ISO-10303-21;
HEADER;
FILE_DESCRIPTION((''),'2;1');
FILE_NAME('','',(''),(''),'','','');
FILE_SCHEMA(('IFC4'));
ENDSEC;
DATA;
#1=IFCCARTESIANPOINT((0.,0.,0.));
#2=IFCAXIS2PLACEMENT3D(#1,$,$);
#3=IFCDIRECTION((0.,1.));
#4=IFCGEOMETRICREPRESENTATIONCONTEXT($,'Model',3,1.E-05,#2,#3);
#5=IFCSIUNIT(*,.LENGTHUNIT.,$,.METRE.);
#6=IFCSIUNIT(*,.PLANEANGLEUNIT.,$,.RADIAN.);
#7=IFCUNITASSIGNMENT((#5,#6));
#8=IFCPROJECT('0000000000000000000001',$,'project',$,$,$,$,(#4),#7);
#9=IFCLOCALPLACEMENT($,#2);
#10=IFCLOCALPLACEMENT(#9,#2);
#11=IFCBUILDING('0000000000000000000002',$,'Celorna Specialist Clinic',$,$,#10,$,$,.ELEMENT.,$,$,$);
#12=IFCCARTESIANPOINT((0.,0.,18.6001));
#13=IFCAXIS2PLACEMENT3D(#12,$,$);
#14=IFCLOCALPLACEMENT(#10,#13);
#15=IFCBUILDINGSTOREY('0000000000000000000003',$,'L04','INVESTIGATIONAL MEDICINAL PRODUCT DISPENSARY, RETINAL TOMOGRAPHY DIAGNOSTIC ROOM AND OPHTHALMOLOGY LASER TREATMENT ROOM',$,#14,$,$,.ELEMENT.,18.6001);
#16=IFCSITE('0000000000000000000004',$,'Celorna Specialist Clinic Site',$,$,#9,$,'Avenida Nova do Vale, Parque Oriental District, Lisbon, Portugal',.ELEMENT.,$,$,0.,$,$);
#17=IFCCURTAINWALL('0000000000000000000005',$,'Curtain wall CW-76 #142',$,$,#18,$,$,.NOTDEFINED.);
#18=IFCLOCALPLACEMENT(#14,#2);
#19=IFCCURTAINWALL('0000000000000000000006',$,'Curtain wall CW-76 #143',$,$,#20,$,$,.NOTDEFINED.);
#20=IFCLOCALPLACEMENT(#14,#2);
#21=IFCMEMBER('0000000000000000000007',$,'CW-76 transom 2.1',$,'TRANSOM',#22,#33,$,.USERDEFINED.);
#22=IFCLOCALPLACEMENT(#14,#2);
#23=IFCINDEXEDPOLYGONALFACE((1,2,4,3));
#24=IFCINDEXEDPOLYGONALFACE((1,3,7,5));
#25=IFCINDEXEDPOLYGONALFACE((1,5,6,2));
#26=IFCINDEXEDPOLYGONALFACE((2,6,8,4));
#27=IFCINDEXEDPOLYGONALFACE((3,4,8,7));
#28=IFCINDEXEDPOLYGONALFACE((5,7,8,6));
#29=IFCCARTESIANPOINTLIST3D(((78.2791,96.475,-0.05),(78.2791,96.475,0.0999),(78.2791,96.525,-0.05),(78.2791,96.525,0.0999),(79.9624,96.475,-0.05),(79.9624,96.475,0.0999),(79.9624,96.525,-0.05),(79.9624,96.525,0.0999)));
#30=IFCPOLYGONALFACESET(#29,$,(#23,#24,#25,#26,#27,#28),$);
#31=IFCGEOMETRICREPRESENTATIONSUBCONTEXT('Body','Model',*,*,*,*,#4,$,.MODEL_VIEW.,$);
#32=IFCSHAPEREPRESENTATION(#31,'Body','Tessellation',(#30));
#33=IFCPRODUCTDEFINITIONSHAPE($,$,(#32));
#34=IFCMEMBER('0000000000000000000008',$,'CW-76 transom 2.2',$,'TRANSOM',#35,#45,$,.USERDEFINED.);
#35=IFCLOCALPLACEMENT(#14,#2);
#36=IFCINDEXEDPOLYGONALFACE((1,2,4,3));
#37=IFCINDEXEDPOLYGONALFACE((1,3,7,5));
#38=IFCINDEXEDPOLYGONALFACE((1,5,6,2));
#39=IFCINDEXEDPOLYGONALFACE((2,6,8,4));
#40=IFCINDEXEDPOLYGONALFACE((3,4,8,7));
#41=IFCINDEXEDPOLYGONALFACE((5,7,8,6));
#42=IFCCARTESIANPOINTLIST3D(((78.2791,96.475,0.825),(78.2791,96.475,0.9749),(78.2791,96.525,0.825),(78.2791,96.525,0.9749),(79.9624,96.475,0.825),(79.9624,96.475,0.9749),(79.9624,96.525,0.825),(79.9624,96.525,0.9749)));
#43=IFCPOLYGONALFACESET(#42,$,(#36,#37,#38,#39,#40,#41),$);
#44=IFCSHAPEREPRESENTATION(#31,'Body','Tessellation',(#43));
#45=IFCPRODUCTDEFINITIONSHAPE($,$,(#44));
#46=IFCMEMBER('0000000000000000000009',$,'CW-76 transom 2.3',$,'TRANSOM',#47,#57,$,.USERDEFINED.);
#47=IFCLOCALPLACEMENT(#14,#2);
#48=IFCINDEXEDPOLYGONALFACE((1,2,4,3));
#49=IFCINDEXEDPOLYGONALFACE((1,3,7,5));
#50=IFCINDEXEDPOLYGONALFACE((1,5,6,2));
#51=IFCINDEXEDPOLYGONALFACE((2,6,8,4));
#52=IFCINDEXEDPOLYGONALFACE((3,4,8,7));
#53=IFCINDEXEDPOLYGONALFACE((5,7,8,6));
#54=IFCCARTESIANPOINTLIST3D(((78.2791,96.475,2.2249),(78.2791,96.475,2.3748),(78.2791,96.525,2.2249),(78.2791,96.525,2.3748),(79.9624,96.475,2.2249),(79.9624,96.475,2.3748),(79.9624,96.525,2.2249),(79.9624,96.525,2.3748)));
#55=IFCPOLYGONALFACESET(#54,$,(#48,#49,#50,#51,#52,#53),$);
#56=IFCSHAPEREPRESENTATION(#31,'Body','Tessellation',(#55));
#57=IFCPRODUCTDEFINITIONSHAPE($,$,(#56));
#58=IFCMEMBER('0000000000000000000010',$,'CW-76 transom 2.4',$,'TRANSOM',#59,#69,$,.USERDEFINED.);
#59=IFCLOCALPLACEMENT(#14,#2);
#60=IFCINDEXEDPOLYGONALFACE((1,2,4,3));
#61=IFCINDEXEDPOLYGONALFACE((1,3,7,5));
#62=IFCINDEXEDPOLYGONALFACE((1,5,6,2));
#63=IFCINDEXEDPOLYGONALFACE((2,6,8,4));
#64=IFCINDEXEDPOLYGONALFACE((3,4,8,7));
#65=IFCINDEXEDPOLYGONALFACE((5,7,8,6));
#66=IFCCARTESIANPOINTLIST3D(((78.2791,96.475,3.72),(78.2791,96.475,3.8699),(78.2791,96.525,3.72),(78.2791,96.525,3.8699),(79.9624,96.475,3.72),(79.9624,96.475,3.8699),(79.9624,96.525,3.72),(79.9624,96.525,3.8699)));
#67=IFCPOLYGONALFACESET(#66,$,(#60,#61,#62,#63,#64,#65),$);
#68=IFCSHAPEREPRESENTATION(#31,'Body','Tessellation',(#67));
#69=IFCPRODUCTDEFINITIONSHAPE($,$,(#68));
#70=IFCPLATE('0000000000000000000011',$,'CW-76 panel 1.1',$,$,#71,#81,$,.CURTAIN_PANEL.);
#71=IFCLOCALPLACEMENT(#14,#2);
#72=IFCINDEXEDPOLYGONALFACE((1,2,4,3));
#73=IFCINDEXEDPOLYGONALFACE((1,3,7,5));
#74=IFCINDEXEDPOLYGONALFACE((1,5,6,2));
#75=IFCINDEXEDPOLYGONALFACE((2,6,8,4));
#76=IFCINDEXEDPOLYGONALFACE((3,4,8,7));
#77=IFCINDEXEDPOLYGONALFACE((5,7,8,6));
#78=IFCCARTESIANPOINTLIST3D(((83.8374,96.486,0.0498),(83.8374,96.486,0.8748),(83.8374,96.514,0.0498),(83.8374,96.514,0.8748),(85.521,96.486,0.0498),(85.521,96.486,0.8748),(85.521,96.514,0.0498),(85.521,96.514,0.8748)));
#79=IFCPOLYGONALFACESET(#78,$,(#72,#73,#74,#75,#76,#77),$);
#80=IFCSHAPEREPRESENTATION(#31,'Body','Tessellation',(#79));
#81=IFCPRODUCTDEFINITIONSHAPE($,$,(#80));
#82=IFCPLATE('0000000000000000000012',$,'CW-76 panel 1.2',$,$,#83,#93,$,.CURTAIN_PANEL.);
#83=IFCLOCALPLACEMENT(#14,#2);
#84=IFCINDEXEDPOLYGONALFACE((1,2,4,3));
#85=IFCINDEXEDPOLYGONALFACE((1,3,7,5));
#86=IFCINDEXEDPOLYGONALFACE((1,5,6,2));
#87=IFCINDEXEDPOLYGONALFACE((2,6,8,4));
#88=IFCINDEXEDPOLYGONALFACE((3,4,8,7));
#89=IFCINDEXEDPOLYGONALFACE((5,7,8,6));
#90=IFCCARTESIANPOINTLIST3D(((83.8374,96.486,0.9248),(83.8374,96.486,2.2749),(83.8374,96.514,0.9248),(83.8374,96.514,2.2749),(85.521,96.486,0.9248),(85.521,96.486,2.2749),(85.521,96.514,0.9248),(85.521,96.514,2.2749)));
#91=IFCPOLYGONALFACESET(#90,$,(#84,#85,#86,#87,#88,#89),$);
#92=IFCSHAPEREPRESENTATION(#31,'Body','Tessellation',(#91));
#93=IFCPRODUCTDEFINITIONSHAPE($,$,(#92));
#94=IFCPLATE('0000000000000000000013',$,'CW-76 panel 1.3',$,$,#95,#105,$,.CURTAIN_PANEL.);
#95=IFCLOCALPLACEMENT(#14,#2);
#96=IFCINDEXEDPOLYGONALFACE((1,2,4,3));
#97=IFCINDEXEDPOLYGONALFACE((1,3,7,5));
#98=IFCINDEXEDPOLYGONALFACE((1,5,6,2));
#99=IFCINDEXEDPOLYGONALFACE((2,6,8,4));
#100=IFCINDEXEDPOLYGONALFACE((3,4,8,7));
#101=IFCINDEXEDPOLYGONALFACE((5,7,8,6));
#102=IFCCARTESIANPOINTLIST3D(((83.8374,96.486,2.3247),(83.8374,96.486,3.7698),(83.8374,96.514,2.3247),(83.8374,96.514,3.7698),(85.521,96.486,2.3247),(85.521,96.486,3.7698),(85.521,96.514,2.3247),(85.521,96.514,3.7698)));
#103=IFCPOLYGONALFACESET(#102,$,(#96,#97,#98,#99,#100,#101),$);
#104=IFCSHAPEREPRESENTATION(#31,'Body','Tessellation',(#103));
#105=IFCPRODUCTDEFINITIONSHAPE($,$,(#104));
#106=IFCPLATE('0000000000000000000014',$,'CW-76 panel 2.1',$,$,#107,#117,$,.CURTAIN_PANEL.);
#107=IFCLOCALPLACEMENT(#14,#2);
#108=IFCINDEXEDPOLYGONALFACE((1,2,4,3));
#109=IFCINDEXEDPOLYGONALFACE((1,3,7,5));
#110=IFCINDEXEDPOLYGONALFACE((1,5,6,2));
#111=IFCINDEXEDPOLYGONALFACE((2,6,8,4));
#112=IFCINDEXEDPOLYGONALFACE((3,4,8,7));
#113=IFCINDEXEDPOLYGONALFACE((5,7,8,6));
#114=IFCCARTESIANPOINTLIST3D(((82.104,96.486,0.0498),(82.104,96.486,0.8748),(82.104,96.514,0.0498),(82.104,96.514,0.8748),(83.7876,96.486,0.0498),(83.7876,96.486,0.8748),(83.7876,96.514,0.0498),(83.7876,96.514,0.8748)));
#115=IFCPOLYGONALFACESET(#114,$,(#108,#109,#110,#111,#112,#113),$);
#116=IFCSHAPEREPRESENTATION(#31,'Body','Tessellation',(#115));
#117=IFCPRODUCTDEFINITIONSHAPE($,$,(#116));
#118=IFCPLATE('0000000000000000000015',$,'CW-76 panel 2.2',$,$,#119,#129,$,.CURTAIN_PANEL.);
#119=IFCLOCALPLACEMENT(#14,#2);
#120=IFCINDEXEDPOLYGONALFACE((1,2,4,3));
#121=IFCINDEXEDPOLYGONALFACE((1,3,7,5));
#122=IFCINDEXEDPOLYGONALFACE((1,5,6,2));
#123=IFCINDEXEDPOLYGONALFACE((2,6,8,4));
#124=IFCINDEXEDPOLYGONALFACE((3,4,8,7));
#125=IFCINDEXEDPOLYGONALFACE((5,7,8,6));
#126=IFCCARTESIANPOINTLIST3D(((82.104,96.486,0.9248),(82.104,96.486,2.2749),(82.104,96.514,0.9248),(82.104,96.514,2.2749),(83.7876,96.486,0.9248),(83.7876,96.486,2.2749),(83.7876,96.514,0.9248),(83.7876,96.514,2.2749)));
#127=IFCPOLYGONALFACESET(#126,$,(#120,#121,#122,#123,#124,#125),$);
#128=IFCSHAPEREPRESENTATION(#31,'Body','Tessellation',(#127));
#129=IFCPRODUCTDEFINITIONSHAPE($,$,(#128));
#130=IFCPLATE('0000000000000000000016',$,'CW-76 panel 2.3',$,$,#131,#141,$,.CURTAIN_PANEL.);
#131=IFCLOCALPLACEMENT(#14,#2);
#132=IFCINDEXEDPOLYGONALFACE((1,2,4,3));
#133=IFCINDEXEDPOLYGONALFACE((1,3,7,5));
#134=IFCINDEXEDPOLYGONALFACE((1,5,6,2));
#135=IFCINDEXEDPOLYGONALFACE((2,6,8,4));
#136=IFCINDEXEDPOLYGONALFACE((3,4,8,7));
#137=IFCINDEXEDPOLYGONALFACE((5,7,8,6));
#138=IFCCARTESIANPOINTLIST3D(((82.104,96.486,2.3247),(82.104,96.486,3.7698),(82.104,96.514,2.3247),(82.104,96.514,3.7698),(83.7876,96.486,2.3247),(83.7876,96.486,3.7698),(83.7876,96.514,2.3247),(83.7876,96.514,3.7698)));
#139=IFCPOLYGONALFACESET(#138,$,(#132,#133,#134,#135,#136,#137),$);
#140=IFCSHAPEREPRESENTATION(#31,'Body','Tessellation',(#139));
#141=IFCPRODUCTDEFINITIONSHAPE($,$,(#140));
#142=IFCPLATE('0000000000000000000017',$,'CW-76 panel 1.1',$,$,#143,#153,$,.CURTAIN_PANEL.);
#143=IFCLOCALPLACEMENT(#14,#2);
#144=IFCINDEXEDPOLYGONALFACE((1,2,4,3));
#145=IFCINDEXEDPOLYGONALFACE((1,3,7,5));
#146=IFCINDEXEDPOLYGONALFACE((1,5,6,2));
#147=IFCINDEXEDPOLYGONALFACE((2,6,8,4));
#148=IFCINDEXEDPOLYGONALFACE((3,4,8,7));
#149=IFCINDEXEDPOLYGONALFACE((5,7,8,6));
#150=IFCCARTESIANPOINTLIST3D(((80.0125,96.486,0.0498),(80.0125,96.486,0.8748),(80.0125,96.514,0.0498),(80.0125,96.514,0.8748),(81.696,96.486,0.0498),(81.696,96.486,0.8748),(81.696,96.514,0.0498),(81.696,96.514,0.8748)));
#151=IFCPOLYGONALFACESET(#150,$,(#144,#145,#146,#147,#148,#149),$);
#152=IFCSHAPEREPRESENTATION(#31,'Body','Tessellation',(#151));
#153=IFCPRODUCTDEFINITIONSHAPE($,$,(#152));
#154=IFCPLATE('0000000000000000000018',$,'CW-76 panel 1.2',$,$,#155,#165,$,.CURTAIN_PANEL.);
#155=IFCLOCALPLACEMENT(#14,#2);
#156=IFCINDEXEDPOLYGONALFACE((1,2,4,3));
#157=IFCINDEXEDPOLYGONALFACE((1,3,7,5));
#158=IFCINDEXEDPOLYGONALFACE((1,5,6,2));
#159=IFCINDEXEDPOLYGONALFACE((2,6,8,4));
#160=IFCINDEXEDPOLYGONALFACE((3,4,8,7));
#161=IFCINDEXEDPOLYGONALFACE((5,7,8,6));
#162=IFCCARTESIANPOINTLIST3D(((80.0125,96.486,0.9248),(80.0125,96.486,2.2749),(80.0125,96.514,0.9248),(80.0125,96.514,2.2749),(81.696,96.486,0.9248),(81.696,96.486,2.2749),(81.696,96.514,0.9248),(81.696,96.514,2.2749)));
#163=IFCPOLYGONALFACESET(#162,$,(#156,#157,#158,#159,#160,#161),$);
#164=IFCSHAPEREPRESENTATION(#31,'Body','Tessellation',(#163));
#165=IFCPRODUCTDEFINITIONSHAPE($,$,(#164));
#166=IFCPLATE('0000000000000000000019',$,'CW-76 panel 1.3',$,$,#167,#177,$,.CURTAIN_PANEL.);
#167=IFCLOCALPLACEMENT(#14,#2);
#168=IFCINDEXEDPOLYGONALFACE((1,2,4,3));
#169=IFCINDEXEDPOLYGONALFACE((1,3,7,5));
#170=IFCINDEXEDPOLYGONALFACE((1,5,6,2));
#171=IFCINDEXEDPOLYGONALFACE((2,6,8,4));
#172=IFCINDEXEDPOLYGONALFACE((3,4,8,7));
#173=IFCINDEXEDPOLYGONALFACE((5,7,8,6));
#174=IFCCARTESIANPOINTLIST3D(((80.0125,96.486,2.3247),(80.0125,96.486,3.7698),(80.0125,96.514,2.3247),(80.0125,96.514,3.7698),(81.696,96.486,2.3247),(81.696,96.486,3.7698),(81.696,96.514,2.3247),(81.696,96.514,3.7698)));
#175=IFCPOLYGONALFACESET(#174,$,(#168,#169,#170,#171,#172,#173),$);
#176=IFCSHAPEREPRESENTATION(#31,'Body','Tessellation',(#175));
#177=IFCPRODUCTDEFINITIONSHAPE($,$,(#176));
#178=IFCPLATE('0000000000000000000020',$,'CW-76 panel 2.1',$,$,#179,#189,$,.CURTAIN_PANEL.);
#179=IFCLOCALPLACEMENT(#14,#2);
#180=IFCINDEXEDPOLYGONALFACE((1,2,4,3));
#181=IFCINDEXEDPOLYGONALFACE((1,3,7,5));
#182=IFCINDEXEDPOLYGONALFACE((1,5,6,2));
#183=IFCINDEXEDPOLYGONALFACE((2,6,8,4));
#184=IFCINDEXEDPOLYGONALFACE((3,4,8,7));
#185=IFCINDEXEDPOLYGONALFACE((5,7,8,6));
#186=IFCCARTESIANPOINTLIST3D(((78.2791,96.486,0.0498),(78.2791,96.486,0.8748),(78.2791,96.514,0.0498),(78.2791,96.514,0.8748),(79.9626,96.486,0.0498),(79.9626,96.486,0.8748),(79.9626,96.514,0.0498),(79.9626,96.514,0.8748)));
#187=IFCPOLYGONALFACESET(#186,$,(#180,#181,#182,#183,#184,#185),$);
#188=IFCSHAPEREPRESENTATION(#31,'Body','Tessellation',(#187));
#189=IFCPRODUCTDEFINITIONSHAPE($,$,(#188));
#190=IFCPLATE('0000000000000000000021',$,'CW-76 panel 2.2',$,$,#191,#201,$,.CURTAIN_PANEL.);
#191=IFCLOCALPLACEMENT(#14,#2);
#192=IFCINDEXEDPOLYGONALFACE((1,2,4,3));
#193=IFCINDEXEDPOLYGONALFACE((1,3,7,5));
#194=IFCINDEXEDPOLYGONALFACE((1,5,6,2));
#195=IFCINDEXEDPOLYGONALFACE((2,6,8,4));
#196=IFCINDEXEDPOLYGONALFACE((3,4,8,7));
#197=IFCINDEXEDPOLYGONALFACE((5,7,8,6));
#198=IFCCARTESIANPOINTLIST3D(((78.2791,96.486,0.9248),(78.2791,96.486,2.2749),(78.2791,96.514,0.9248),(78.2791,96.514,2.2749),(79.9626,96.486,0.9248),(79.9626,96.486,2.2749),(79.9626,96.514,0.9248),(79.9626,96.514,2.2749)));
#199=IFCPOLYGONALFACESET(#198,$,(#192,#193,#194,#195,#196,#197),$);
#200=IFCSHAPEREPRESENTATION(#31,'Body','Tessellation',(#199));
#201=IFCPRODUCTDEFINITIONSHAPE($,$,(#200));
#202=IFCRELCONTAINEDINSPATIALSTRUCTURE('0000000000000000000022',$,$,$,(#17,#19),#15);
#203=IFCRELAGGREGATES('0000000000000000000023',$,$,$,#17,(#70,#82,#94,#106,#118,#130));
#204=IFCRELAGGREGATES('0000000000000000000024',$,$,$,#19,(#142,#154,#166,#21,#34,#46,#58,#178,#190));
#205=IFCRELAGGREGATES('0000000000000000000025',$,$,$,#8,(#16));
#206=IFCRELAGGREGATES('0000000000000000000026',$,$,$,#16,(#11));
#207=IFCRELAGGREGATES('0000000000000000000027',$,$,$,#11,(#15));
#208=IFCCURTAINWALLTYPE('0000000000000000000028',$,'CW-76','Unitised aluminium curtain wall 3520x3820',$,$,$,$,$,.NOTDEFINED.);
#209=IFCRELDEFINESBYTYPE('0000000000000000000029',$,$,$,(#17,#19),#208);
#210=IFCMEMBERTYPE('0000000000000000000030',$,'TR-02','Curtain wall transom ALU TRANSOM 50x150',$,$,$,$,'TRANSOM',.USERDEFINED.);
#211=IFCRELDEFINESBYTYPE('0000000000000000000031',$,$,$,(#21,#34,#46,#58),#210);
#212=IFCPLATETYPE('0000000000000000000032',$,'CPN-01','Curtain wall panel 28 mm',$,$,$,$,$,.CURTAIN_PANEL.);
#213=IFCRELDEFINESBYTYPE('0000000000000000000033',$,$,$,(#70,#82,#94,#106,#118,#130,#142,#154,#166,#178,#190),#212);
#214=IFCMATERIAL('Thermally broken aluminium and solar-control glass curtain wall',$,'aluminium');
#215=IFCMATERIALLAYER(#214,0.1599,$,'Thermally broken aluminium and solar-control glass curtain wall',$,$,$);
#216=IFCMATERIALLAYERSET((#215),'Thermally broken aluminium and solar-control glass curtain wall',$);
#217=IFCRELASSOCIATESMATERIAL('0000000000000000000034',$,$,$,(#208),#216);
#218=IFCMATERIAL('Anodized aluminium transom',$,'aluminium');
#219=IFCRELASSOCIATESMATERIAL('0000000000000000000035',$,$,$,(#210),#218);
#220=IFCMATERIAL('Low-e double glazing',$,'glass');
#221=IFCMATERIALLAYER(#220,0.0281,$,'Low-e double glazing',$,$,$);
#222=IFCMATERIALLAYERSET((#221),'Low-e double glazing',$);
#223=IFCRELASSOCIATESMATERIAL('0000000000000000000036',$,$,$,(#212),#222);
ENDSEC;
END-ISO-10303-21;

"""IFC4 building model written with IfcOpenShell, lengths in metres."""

from ifc_helpers import new_model, si_unit, direction, frame, origin, origin_2d, place, context, subcontext, project, spatial, rectangle, extrude, material, layer, layer_set, material_profile, profile_set, type_object, element, aggregate, save


model = new_model("IFC4")

# Units and contexts
model_context = context("Model", 3, precision=1e-05, world=origin(), true_north=direction((0.0, 1.0)))
body_context = subcontext(model_context, "Body", "Model", "MODEL_VIEW")
ifc_project = project(units=[si_unit("LENGTHUNIT", "METRE"), si_unit("PLANEANGLEUNIT", "RADIAN")], contexts=[model_context])

# Site, building, storey
site_placement = place(None, origin())
site = spatial("IfcSite", under=ifc_project, at=site_placement, Name="Celorna Specialist Clinic Site", LongName="Avenida Nova do Vale, Parque Oriental District, Lisbon, Portugal", CompositionType="ELEMENT", RefElevation=0.0)
building_placement = place(site_placement, origin())
building = spatial("IfcBuilding", under=site, at=building_placement, Name="Celorna Specialist Clinic", CompositionType="ELEMENT")
storey_placement = place(building_placement, frame((0.0, 0.0, 18.6001)))
storey = spatial("IfcBuildingStorey", under=building, at=storey_placement, Name="L04", Description="INVESTIGATIONAL MEDICINAL PRODUCT DISPENSARY, RETINAL TOMOGRAPHY DIAGNOSTIC ROOM AND OPHTHALMOLOGY LASER TREATMENT ROOM", CompositionType="ELEMENT", Elevation=18.6001)

# Curtain walls
ifc_material_1 = material(Name="Thermally broken aluminium and solar-control glass curtain wall", Category="aluminium")
ifc_layer_1 = layer(ifc_material_1, 0.1599, Name="Thermally broken aluminium and solar-control glass curtain wall")
ifc_layer_set_1 = layer_set([ifc_layer_1], Name="Thermally broken aluminium and solar-control glass curtain wall")
curtain_wall_type = type_object("IfcCurtainWallType", Name="CW-76", Description="Unitised aluminium curtain wall 3520x3820", PredefinedType="NOTDEFINED", material=ifc_layer_set_1)
curtain_wall_1_placement = place(storey_placement, origin())
curtain_wall_1 = element("IfcCurtainWall", 1, at=curtain_wall_1_placement, inside=storey, type_object=curtain_wall_type, Name="Curtain wall CW-76 #142", PredefinedType="NOTDEFINED")
curtain_wall_2_placement = place(storey_placement, origin())
curtain_wall_2 = element("IfcCurtainWall", 2, at=curtain_wall_2_placement, inside=storey, type_object=curtain_wall_type, Name="Curtain wall CW-76 #143", PredefinedType="NOTDEFINED")

# Members
ifc_material_2 = material(Name="Anodized aluminium transom", Category="aluminium")
ifc_material_profile_1 = material_profile(ifc_material_2, rectangle(XDim=0.05, YDim=0.1499, at=origin_2d()), Name="ALU TRANSOM 50x150")
ifc_profile_set_1 = profile_set([ifc_material_profile_1], Name="Anodized aluminium transom")
member_type_1 = type_object("IfcMemberType", Name="TR-02", Description="Curtain wall transom ALU TRANSOM 50x150", ElementType="TRANSOM", PredefinedType="USERDEFINED", material=ifc_profile_set_1)
member_1_placement = place(storey_placement, frame((79.9624, 96.5, 0.0249), z_axis=(-1.0, 0.0, 0.0), x_axis=(0.0, -1.0, 0.0)))
member_1 = element("IfcMember", 3, at=member_1_placement, type_object=member_type_1, Name="CW-76 transom 2.1", ObjectType="TRANSOM", PredefinedType="USERDEFINED", context=body_context, shape_type="SweptSolid", body=[
    extrude(rectangle(XDim=0.05, YDim=0.1499, at=origin_2d()), origin(), (0.0, 0.0, 1.0), 1.6833),
])
member_2_placement = place(storey_placement, frame((79.9624, 96.5, 0.8999), z_axis=(-1.0, 0.0, 0.0), x_axis=(0.0, -1.0, 0.0)))
member_2 = element("IfcMember", 4, at=member_2_placement, type_object=member_type_1, Name="CW-76 transom 2.2", ObjectType="TRANSOM", PredefinedType="USERDEFINED", context=body_context, shape_type="SweptSolid", body=[
    extrude(rectangle(XDim=0.05, YDim=0.1499, at=origin_2d()), origin(), (0.0, 0.0, 1.0), 1.6833),
])
member_3_placement = place(storey_placement, frame((79.9624, 96.5, 2.2998), z_axis=(-1.0, 0.0, 0.0), x_axis=(0.0, -1.0, 0.0)))
member_3 = element("IfcMember", 5, at=member_3_placement, type_object=member_type_1, Name="CW-76 transom 2.3", ObjectType="TRANSOM", PredefinedType="USERDEFINED", context=body_context, shape_type="SweptSolid", body=[
    extrude(rectangle(XDim=0.05, YDim=0.1499, at=origin_2d()), origin(), (0.0, 0.0, 1.0), 1.6833),
])
member_4_placement = place(storey_placement, frame((79.9624, 96.5, 3.7949), z_axis=(-1.0, 0.0, 0.0), x_axis=(0.0, -1.0, 0.0)))
member_4 = element("IfcMember", 6, at=member_4_placement, type_object=member_type_1, Name="CW-76 transom 2.4", ObjectType="TRANSOM", PredefinedType="USERDEFINED", context=body_context, shape_type="SweptSolid", body=[
    extrude(rectangle(XDim=0.05, YDim=0.1499, at=origin_2d()), origin(), (0.0, 0.0, 1.0), 1.6833),
])

# Plates
ifc_material_3 = material(Name="Low-e double glazing", Category="glass")
ifc_layer_2 = layer(ifc_material_3, 0.0281, Name="Low-e double glazing")
ifc_layer_set_2 = layer_set([ifc_layer_2], Name="Low-e double glazing")
plate_type = type_object("IfcPlateType", Name="CPN-01", Description="Curtain wall panel 28 mm", PredefinedType="CURTAIN_PANEL", material=ifc_layer_set_2)
plate_1_placement = place(storey_placement, frame((84.6792, 96.5, 0.0498), z_axis=(0.0, 0.0, 1.0), x_axis=(-1.0, 0.0, 0.0)))
plate_1 = element("IfcPlate", 7, at=plate_1_placement, type_object=plate_type, Name="CW-76 panel 1.1", PredefinedType="CURTAIN_PANEL", context=body_context, shape_type="SweptSolid", body=[
    extrude(rectangle(XDim=1.6836, YDim=0.0281, at=origin_2d()), origin(), (0.0, 0.0, 1.0), 0.825),
])
plate_2_placement = place(storey_placement, frame((84.6792, 96.5, 0.9248), z_axis=(0.0, 0.0, 1.0), x_axis=(-1.0, 0.0, 0.0)))
plate_2 = element("IfcPlate", 8, at=plate_2_placement, type_object=plate_type, Name="CW-76 panel 1.2", PredefinedType="CURTAIN_PANEL", context=body_context, shape_type="SweptSolid", body=[
    extrude(rectangle(XDim=1.6836, YDim=0.0281, at=origin_2d()), origin(), (0.0, 0.0, 1.0), 1.3501),
])
plate_3_placement = place(storey_placement, frame((84.6792, 96.5, 2.3247), z_axis=(0.0, 0.0, 1.0), x_axis=(-1.0, 0.0, 0.0)))
plate_3 = element("IfcPlate", 9, at=plate_3_placement, type_object=plate_type, Name="CW-76 panel 1.3", PredefinedType="CURTAIN_PANEL", context=body_context, shape_type="SweptSolid", body=[
    extrude(rectangle(XDim=1.6836, YDim=0.0281, at=origin_2d()), origin(), (0.0, 0.0, 1.0), 1.4451),
])
plate_4_placement = place(storey_placement, frame((82.9458, 96.5, 0.0498), z_axis=(0.0, 0.0, 1.0), x_axis=(-1.0, 0.0, 0.0)))
plate_4 = element("IfcPlate", 10, at=plate_4_placement, type_object=plate_type, Name="CW-76 panel 2.1", PredefinedType="CURTAIN_PANEL", context=body_context, shape_type="SweptSolid", body=[
    extrude(rectangle(XDim=1.6836, YDim=0.0281, at=origin_2d()), origin(), (0.0, 0.0, 1.0), 0.825),
])
plate_5_placement = place(storey_placement, frame((82.9458, 96.5, 0.9248), z_axis=(0.0, 0.0, 1.0), x_axis=(-1.0, 0.0, 0.0)))
plate_5 = element("IfcPlate", 11, at=plate_5_placement, type_object=plate_type, Name="CW-76 panel 2.2", PredefinedType="CURTAIN_PANEL", context=body_context, shape_type="SweptSolid", body=[
    extrude(rectangle(XDim=1.6836, YDim=0.0281, at=origin_2d()), origin(), (0.0, 0.0, 1.0), 1.3501),
])
plate_6_placement = place(storey_placement, frame((82.9458, 96.5, 2.3247), z_axis=(0.0, 0.0, 1.0), x_axis=(-1.0, 0.0, 0.0)))
plate_6 = element("IfcPlate", 12, at=plate_6_placement, type_object=plate_type, Name="CW-76 panel 2.3", PredefinedType="CURTAIN_PANEL", context=body_context, shape_type="SweptSolid", body=[
    extrude(rectangle(XDim=1.6836, YDim=0.0281, at=origin_2d()), origin(), (0.0, 0.0, 1.0), 1.4451),
])
aggregate(curtain_wall_1, [plate_1, plate_2, plate_3, plate_4, plate_5, plate_6])
plate_7_placement = place(storey_placement, frame((80.8542, 96.5, 0.0498), z_axis=(0.0, 0.0, 1.0), x_axis=(-1.0, 0.0, 0.0)))
plate_7 = element("IfcPlate", 13, at=plate_7_placement, type_object=plate_type, Name="CW-76 panel 1.1", PredefinedType="CURTAIN_PANEL", context=body_context, shape_type="SweptSolid", body=[
    extrude(rectangle(XDim=1.6836, YDim=0.0281, at=origin_2d()), origin(), (0.0, 0.0, 1.0), 0.825),
])
plate_8_placement = place(storey_placement, frame((80.8542, 96.5, 0.9248), z_axis=(0.0, 0.0, 1.0), x_axis=(-1.0, 0.0, 0.0)))
plate_8 = element("IfcPlate", 14, at=plate_8_placement, type_object=plate_type, Name="CW-76 panel 1.2", PredefinedType="CURTAIN_PANEL", context=body_context, shape_type="SweptSolid", body=[
    extrude(rectangle(XDim=1.6836, YDim=0.0281, at=origin_2d()), origin(), (0.0, 0.0, 1.0), 1.3501),
])
plate_9_placement = place(storey_placement, frame((80.8542, 96.5, 2.3247), z_axis=(0.0, 0.0, 1.0), x_axis=(-1.0, 0.0, 0.0)))
plate_9 = element("IfcPlate", 15, at=plate_9_placement, type_object=plate_type, Name="CW-76 panel 1.3", PredefinedType="CURTAIN_PANEL", context=body_context, shape_type="SweptSolid", body=[
    extrude(rectangle(XDim=1.6836, YDim=0.0281, at=origin_2d()), origin(), (0.0, 0.0, 1.0), 1.4451),
])
plate_10_placement = place(storey_placement, frame((79.1208, 96.5, 0.0498), z_axis=(0.0, 0.0, 1.0), x_axis=(-1.0, 0.0, 0.0)))
plate_10 = element("IfcPlate", 16, at=plate_10_placement, type_object=plate_type, Name="CW-76 panel 2.1", PredefinedType="CURTAIN_PANEL", context=body_context, shape_type="SweptSolid", body=[
    extrude(rectangle(XDim=1.6836, YDim=0.0281, at=origin_2d()), origin(), (0.0, 0.0, 1.0), 0.825),
])
plate_11_placement = place(storey_placement, frame((79.1208, 96.5, 0.9248), z_axis=(0.0, 0.0, 1.0), x_axis=(-1.0, 0.0, 0.0)))
plate_11 = element("IfcPlate", 17, at=plate_11_placement, type_object=plate_type, Name="CW-76 panel 2.2", PredefinedType="CURTAIN_PANEL", context=body_context, shape_type="SweptSolid", body=[
    extrude(rectangle(XDim=1.6836, YDim=0.0281, at=origin_2d()), origin(), (0.0, 0.0, 1.0), 1.3501),
])
aggregate(curtain_wall_2, [plate_7, plate_8, plate_9, member_1, member_2, member_3, member_4, plate_10, plate_11])

save(model, "model.ifc")
